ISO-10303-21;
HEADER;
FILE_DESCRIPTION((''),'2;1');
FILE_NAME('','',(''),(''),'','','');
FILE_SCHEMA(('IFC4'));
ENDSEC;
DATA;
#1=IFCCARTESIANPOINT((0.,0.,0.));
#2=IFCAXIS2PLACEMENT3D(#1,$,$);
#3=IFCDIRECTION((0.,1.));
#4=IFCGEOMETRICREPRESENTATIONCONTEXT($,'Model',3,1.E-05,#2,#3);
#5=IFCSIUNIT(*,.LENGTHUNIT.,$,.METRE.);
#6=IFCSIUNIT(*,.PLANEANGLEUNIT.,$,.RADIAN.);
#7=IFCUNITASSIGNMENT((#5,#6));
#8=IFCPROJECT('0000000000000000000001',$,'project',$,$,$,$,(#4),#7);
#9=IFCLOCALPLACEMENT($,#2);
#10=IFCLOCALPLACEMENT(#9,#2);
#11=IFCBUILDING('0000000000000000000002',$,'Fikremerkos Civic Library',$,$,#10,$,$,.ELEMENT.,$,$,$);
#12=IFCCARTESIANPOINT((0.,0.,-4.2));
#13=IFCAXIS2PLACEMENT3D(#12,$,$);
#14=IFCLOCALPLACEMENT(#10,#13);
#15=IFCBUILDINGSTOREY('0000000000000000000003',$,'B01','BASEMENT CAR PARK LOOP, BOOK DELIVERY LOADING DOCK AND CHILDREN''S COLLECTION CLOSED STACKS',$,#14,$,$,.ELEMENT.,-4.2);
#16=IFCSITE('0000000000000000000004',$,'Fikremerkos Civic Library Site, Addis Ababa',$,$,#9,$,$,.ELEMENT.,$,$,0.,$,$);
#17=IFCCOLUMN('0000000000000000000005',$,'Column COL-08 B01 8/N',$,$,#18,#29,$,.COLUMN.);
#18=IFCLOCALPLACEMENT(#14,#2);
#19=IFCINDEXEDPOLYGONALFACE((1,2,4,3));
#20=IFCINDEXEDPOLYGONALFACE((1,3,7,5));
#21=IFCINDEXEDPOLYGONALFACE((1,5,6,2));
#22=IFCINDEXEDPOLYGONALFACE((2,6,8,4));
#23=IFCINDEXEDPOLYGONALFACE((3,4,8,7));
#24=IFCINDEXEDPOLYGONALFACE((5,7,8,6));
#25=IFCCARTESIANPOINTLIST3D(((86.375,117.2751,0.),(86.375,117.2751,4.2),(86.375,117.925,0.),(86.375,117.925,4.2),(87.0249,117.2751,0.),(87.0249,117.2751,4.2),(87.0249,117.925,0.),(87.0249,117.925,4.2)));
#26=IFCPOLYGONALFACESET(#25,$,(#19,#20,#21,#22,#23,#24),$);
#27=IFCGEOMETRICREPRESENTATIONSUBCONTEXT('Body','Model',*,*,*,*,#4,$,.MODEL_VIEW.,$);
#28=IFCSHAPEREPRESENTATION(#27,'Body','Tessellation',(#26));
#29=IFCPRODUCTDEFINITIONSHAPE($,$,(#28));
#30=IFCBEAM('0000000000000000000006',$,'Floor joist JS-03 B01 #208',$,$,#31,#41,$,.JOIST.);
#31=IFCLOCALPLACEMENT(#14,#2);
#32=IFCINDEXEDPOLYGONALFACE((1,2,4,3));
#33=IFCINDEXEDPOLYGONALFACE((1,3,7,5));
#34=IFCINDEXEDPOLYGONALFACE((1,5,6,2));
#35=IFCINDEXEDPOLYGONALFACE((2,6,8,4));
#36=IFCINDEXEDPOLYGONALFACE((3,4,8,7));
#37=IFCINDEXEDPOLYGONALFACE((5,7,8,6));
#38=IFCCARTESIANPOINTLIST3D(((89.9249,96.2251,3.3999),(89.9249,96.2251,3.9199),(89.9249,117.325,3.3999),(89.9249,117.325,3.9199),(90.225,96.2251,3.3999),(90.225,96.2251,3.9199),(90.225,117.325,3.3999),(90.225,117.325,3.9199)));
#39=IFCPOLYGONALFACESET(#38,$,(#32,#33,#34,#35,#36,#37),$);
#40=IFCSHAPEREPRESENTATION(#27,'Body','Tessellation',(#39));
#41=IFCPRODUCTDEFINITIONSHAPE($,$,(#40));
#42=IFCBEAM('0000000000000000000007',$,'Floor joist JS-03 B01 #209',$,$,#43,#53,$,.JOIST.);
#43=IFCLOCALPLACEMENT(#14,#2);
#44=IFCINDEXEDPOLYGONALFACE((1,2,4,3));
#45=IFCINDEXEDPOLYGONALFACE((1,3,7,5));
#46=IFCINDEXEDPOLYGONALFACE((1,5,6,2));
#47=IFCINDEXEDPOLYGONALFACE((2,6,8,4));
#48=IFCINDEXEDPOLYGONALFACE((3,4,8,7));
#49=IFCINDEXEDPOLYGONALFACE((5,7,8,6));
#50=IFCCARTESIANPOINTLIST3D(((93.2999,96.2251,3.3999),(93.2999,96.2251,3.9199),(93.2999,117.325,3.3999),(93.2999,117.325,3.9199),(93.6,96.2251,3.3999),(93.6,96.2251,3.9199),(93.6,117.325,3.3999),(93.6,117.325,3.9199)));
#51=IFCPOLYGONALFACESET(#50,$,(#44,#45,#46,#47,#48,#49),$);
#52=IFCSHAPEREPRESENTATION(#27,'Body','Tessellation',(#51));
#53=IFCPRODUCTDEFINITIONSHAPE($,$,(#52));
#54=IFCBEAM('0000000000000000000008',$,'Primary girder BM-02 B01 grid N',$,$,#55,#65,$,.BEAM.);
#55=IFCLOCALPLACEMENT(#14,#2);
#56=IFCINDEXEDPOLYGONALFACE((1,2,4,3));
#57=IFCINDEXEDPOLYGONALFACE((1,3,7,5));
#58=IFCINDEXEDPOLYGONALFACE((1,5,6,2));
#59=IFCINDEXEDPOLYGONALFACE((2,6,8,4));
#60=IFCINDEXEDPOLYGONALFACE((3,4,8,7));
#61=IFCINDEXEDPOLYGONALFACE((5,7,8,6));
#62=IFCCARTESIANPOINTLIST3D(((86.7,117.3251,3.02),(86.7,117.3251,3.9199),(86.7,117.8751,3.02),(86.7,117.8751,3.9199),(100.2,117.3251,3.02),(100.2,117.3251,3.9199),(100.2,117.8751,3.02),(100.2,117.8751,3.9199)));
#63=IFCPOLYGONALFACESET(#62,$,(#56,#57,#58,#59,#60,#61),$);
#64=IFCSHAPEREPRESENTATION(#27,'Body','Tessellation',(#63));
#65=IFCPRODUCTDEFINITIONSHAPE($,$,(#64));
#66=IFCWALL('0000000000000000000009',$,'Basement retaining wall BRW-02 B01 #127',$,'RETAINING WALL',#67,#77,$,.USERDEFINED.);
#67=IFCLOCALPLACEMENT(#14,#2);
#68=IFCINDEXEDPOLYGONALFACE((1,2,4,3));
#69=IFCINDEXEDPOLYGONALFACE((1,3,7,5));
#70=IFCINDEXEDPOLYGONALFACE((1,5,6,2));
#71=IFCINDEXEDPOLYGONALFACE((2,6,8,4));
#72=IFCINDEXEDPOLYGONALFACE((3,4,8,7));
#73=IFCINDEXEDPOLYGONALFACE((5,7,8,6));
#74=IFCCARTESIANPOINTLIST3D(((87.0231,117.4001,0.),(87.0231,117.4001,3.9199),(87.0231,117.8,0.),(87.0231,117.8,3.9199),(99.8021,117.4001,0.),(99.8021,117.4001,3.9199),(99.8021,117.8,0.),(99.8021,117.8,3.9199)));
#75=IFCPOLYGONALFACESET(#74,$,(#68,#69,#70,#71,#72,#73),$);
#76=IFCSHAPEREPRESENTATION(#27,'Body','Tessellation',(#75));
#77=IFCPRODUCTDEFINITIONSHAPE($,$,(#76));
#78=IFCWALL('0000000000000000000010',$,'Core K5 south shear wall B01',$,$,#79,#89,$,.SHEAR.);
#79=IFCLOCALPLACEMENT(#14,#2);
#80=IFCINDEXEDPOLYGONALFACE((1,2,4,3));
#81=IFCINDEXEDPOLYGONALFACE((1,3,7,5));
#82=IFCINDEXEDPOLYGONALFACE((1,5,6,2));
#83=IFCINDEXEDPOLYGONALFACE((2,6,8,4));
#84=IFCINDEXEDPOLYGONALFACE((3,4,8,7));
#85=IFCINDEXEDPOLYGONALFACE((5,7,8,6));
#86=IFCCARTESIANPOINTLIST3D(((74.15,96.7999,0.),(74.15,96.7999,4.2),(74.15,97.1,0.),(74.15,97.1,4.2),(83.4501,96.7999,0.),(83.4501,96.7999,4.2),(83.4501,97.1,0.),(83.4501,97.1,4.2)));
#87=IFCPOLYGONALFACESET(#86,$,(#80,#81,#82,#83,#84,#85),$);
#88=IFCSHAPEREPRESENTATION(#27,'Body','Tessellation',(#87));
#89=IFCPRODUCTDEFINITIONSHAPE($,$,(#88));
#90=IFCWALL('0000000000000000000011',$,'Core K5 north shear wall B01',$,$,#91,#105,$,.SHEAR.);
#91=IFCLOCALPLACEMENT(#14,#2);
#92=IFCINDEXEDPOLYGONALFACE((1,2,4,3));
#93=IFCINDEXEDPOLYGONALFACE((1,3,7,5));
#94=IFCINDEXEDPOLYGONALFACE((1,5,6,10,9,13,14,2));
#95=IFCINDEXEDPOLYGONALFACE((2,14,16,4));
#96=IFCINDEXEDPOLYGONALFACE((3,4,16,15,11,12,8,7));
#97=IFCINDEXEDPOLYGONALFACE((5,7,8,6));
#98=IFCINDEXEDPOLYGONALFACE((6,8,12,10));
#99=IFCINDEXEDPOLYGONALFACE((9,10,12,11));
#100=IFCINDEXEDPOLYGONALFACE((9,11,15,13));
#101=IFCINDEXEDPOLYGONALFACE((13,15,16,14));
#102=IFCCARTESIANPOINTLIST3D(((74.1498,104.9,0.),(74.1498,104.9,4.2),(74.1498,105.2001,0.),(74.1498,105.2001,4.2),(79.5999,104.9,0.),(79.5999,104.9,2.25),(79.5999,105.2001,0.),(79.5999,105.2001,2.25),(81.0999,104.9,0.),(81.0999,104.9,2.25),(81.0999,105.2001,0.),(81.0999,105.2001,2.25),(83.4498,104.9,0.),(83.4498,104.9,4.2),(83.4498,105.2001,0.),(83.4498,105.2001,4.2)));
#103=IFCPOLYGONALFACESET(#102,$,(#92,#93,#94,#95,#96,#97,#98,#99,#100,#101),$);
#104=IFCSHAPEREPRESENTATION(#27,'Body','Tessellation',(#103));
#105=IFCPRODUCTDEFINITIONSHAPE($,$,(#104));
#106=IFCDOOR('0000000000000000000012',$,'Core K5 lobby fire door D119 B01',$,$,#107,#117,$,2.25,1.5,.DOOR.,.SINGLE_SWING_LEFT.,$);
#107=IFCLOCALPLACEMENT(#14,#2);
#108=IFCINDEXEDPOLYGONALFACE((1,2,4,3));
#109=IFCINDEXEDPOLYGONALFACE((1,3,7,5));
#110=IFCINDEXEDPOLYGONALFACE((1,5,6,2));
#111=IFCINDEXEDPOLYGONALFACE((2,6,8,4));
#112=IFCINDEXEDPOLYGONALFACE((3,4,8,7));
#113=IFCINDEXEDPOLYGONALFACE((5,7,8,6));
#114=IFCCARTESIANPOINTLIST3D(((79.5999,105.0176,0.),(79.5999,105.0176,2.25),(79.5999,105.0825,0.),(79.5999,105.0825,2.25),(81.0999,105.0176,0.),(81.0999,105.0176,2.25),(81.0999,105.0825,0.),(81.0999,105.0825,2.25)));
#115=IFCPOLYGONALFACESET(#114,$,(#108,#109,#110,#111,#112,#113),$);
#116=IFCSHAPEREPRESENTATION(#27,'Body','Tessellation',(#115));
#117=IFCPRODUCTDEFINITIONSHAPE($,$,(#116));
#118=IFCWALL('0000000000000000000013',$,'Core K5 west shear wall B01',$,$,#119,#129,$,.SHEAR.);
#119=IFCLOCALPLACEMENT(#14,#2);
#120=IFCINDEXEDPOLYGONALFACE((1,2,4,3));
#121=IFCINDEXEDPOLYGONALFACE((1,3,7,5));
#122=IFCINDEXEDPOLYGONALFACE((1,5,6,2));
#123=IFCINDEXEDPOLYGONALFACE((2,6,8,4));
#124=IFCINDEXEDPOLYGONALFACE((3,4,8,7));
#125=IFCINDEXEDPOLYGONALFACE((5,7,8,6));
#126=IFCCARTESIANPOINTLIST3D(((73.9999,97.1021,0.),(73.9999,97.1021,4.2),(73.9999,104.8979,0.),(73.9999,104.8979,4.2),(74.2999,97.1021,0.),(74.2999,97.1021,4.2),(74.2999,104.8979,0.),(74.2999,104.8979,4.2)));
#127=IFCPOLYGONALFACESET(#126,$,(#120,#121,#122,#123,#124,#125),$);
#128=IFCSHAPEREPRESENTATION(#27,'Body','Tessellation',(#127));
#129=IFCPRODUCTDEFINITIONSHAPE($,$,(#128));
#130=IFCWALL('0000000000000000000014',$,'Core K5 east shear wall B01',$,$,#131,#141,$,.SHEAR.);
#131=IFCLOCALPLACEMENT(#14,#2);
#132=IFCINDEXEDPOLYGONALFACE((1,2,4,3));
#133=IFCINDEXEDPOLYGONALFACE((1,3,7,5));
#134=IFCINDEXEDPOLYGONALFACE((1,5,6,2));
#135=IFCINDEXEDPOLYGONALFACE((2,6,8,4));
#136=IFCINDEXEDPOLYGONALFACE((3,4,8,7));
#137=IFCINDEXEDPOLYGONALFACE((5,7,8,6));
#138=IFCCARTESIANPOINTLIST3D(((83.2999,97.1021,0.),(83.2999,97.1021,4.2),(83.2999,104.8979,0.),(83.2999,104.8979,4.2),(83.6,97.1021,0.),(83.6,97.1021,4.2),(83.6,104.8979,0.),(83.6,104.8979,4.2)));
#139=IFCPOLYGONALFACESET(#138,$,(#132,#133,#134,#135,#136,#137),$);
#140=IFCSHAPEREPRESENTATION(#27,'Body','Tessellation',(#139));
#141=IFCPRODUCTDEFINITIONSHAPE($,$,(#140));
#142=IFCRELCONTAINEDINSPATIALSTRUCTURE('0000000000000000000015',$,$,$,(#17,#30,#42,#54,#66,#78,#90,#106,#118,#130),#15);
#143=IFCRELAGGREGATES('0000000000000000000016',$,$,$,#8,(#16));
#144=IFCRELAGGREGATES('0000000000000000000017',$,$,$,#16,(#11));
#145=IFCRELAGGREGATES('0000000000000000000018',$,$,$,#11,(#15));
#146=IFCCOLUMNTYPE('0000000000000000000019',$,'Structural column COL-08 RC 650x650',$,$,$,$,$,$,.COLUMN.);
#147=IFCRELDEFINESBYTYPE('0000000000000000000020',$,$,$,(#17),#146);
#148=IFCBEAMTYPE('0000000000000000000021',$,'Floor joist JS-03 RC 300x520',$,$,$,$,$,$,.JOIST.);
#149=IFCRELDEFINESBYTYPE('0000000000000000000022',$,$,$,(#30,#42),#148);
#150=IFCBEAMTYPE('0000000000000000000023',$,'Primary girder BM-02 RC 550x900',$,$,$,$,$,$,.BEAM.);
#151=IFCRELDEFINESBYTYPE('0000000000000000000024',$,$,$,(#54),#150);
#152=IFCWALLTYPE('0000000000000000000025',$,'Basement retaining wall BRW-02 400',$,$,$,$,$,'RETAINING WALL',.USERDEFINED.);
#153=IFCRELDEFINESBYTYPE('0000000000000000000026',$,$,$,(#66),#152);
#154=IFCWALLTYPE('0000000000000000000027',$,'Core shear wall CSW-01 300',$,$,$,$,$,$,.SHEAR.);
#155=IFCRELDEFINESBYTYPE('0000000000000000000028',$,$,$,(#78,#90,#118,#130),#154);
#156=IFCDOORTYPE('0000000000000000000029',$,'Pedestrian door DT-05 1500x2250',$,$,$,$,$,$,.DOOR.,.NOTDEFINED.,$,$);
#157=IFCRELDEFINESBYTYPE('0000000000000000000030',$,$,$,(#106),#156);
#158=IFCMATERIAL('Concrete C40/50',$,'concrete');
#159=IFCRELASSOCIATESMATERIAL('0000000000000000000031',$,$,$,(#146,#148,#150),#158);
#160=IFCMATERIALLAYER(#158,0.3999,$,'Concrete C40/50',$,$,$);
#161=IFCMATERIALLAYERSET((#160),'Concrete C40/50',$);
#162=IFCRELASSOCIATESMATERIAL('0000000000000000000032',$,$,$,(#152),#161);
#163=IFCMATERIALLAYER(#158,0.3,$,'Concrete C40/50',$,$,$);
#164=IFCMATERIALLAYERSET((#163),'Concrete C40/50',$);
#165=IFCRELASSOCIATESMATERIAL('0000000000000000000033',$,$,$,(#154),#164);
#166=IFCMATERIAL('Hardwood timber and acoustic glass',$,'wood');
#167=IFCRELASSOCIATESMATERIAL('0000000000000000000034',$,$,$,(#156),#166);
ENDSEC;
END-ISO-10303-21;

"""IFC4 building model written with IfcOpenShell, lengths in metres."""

from ifc_helpers import new_model, si_unit, direction, frame, frame_2d, origin, origin_2d, place, context, subcontext, project, spatial, rectangle, extrude, material, layer, layer_set, material_profile, profile_set, type_object, element, fill, save


model = new_model("IFC4")

# Units and contexts
model_context = context("Model", 3, precision=1e-05, world=origin(), true_north=direction((0.0, 1.0)))
body_context = subcontext(model_context, "Body", "Model", "MODEL_VIEW")
ifc_project = project(units=[si_unit("LENGTHUNIT", "METRE"), si_unit("PLANEANGLEUNIT", "RADIAN")], contexts=[model_context])

# Site, building, storey
site_placement = place(None, origin())
site = spatial("IfcSite", under=ifc_project, at=site_placement, Name="Fikremerkos Civic Library Site, Addis Ababa", CompositionType="ELEMENT", RefElevation=0.0)
building_placement = place(site_placement, origin())
building = spatial("IfcBuilding", under=site, at=building_placement, Name="Fikremerkos Civic Library", CompositionType="ELEMENT")
storey_placement = place(building_placement, frame((0.0, 0.0, -4.2)))
storey = spatial("IfcBuildingStorey", under=building, at=storey_placement, Name="B01", Description="BASEMENT CAR PARK LOOP, BOOK DELIVERY LOADING DOCK AND CHILDREN'S COLLECTION CLOSED STACKS", CompositionType="ELEMENT", Elevation=-4.2)

# Column
ifc_material_1 = material(Name="Concrete C40/50", Category="concrete")
ifc_material_profile_1 = material_profile(ifc_material_1, rectangle(XDim=0.6499, YDim=0.6499, at=origin_2d()), Name="RC 650x650")
ifc_profile_set_1 = profile_set([ifc_material_profile_1], Name="Concrete C40/50")
column_type = type_object("IfcColumnType", Name="Structural column COL-08 RC 650x650", PredefinedType="COLUMN", material=ifc_profile_set_1)
column_placement = place(storey_placement, frame((86.7, 117.6001, 0.0), z_axis=(0.0, 0.0, 1.0), x_axis=(1.0, 0.0, 0.0)))
element("IfcColumn", 1, at=column_placement, inside=storey, type_object=column_type, Name="Column COL-08 B01 8/N", PredefinedType="COLUMN", context=body_context, shape_type="SweptSolid", body=[
    extrude(rectangle(XDim=0.6499, YDim=0.6499, at=origin_2d()), origin(), (0.0, 0.0, 1.0), 4.2),
])

# Beams
ifc_material_profile_2 = material_profile(ifc_material_1, rectangle(XDim=0.3, YDim=0.52, at=origin_2d()), Name="RC 300x520")
ifc_profile_set_2 = profile_set([ifc_material_profile_2], Name="Concrete C40/50")
beam_type_1 = type_object("IfcBeamType", Name="Floor joist JS-03 RC 300x520", PredefinedType="JOIST", material=ifc_profile_set_2)
for number, where, z_axis, x_axis, name in (
    (2, (90.075, 96.2251, 3.6599), (0.0, 1.0, 0.0), (-1.0, 0.0, 0.0), "Floor joist JS-03 B01 #208"),
    (3, (93.45, 96.2251, 3.6599), (0.0, 1.0, 0.0), (-1.0, 0.0, 0.0), "Floor joist JS-03 B01 #209"),
):
    element("IfcBeam", number, at=place(storey_placement, frame(where, z_axis=z_axis, x_axis=x_axis)), inside=storey, type_object=beam_type_1, Name=name, PredefinedType="JOIST", context=body_context, shape_type="SweptSolid", body=[
        extrude(rectangle(XDim=0.3, YDim=0.52, at=origin_2d()), origin(), (0.0, 0.0, 1.0), 21.0999),
    ])
ifc_material_profile_3 = material_profile(ifc_material_1, rectangle(XDim=0.55, YDim=0.8999, at=origin_2d()), Name="RC 550x900")
ifc_profile_set_3 = profile_set([ifc_material_profile_3], Name="Concrete C40/50")
beam_type_2 = type_object("IfcBeamType", Name="Primary girder BM-02 RC 550x900", PredefinedType="BEAM", material=ifc_profile_set_3)
beam_placement = place(storey_placement, frame((86.7, 117.6001, 3.47), z_axis=(1.0, 0.0, 0.0), x_axis=(0.0, 1.0, 0.0)))
element("IfcBeam", 4, at=beam_placement, inside=storey, type_object=beam_type_2, Name="Primary girder BM-02 B01 grid N", PredefinedType="BEAM", context=body_context, shape_type="SweptSolid", body=[
    extrude(rectangle(XDim=0.55, YDim=0.8999, at=origin_2d()), origin(), (0.0, 0.0, 1.0), 13.5),
])

# Walls
ifc_layer_1 = layer(ifc_material_1, 0.3999, Name="Concrete C40/50")
ifc_layer_set_1 = layer_set([ifc_layer_1], Name="Concrete C40/50")
wall_type_1 = type_object("IfcWallType", Name="Basement retaining wall BRW-02 400", ElementType="RETAINING WALL", PredefinedType="USERDEFINED", material=ifc_layer_set_1)
wall_1_placement = place(storey_placement, frame((87.0229, 117.6001, 0.0), z_axis=(0.0, 0.0, 1.0), x_axis=(1.0, 0.0, 0.0)))
element("IfcWall", 5, at=wall_1_placement, inside=storey, type_object=wall_type_1, Name="Basement retaining wall BRW-02 B01 #127", ObjectType="RETAINING WALL", PredefinedType="USERDEFINED", context=body_context, shape_type="SweptSolid", body=[
    extrude(rectangle(XDim=12.7791, YDim=0.3999, at=frame_2d((6.3896, 0.0))), origin(), (0.0, 0.0, 1.0), 3.9199),
])
ifc_layer_2 = layer(ifc_material_1, 0.3, Name="Concrete C40/50")
ifc_layer_set_2 = layer_set([ifc_layer_2], Name="Concrete C40/50")
wall_type_2 = type_object("IfcWallType", Name="Core shear wall CSW-01 300", PredefinedType="SHEAR", material=ifc_layer_set_2)
wall_2_placement = place(storey_placement, frame((83.45, 96.95, 0.0), z_axis=(0.0, 0.0, 1.0), x_axis=(-1.0, 0.0, 0.0)))
element("IfcWall", 6, at=wall_2_placement, inside=storey, type_object=wall_type_2, Name="Core K5 south shear wall B01", PredefinedType="SHEAR", context=body_context, shape_type="SweptSolid", body=[
    extrude(rectangle(XDim=9.3, YDim=0.3, at=frame_2d((4.6499, 0.0))), origin(), (0.0, 0.0, 1.0), 4.2),
])

# Wall, opening, door
wall_3_placement = place(storey_placement, frame((74.1499, 105.05, 0.0), z_axis=(0.0, 0.0, 1.0), x_axis=(1.0, 0.0, 0.0)))
wall_3 = element("IfcWall", 7, at=wall_3_placement, inside=storey, type_object=wall_type_2, Name="Core K5 north shear wall B01", PredefinedType="SHEAR", context=body_context, shape_type="SweptSolid", body=[
    extrude(rectangle(XDim=9.3, YDim=0.3, at=frame_2d((4.6499, 0.0))), origin(), (0.0, 0.0, 1.0), 4.2),
])
opening_1_placement = place(wall_3_placement, frame((5.45, 0.0, 0.0)))
opening_1 = element("IfcOpeningElement", 8, at=opening_1_placement, cuts=wall_3, PredefinedType="OPENING", context=body_context, shape_type="SweptSolid", body=[
    extrude(rectangle(XDim=1.5, YDim=2.25, at=frame_2d((0.75, 1.125))), frame((0.0, 0.1599, 0.0), z_axis=(0.0, -1.0, 0.0), x_axis=(1.0, 0.0, 0.0)), (0.0, 0.0, 1.0), 0.3201),
])
ifc_material_2 = material(Name="Hardwood timber and acoustic glass", Category="wood")
door_type_1 = type_object("IfcDoorType", Name="Pedestrian door DT-05 1500x2250", OperationType="NOTDEFINED", PredefinedType="DOOR", material=ifc_material_2)
door_1_placement = place(opening_1_placement, origin())
door_1 = element("IfcDoor", 9, at=door_1_placement, inside=storey, type_object=door_type_1, Name="Core K5 lobby fire door D119 B01", OperationType="SINGLE_SWING_LEFT", OverallHeight=2.25, OverallWidth=1.5, PredefinedType="DOOR", context=body_context, shape_type="SweptSolid", body=[
    extrude(rectangle(XDim=1.5, YDim=2.25, at=frame_2d((0.75, 1.125))), frame((0.0, 0.0325, 0.0), z_axis=(0.0, -1.0, 0.0), x_axis=(1.0, 0.0, 0.0)), (0.0, 0.0, 1.0), 0.0649),
])
fill(opening_1, door_1)

# Walls
for number, where, z_axis, x_axis, name in (
    (10, (74.1499, 97.1021, 0.0), (0.0, 0.0, 1.0), (0.0, 1.0, 0.0), "Core K5 west shear wall B01"),
    (11, (83.45, 104.8979, 0.0), (0.0, 0.0, 1.0), (0.0, -1.0, 0.0), "Core K5 east shear wall B01"),
):
    element("IfcWall", number, at=place(storey_placement, frame(where, z_axis=z_axis, x_axis=x_axis)), inside=storey, type_object=wall_type_2, Name=name, PredefinedType="SHEAR", context=body_context, shape_type="SweptSolid", body=[
        extrude(rectangle(XDim=7.7959, YDim=0.3, at=frame_2d((3.8979, 0.0))), origin(), (0.0, 0.0, 1.0), 4.2),
    ])

save(model, "model.ifc")
